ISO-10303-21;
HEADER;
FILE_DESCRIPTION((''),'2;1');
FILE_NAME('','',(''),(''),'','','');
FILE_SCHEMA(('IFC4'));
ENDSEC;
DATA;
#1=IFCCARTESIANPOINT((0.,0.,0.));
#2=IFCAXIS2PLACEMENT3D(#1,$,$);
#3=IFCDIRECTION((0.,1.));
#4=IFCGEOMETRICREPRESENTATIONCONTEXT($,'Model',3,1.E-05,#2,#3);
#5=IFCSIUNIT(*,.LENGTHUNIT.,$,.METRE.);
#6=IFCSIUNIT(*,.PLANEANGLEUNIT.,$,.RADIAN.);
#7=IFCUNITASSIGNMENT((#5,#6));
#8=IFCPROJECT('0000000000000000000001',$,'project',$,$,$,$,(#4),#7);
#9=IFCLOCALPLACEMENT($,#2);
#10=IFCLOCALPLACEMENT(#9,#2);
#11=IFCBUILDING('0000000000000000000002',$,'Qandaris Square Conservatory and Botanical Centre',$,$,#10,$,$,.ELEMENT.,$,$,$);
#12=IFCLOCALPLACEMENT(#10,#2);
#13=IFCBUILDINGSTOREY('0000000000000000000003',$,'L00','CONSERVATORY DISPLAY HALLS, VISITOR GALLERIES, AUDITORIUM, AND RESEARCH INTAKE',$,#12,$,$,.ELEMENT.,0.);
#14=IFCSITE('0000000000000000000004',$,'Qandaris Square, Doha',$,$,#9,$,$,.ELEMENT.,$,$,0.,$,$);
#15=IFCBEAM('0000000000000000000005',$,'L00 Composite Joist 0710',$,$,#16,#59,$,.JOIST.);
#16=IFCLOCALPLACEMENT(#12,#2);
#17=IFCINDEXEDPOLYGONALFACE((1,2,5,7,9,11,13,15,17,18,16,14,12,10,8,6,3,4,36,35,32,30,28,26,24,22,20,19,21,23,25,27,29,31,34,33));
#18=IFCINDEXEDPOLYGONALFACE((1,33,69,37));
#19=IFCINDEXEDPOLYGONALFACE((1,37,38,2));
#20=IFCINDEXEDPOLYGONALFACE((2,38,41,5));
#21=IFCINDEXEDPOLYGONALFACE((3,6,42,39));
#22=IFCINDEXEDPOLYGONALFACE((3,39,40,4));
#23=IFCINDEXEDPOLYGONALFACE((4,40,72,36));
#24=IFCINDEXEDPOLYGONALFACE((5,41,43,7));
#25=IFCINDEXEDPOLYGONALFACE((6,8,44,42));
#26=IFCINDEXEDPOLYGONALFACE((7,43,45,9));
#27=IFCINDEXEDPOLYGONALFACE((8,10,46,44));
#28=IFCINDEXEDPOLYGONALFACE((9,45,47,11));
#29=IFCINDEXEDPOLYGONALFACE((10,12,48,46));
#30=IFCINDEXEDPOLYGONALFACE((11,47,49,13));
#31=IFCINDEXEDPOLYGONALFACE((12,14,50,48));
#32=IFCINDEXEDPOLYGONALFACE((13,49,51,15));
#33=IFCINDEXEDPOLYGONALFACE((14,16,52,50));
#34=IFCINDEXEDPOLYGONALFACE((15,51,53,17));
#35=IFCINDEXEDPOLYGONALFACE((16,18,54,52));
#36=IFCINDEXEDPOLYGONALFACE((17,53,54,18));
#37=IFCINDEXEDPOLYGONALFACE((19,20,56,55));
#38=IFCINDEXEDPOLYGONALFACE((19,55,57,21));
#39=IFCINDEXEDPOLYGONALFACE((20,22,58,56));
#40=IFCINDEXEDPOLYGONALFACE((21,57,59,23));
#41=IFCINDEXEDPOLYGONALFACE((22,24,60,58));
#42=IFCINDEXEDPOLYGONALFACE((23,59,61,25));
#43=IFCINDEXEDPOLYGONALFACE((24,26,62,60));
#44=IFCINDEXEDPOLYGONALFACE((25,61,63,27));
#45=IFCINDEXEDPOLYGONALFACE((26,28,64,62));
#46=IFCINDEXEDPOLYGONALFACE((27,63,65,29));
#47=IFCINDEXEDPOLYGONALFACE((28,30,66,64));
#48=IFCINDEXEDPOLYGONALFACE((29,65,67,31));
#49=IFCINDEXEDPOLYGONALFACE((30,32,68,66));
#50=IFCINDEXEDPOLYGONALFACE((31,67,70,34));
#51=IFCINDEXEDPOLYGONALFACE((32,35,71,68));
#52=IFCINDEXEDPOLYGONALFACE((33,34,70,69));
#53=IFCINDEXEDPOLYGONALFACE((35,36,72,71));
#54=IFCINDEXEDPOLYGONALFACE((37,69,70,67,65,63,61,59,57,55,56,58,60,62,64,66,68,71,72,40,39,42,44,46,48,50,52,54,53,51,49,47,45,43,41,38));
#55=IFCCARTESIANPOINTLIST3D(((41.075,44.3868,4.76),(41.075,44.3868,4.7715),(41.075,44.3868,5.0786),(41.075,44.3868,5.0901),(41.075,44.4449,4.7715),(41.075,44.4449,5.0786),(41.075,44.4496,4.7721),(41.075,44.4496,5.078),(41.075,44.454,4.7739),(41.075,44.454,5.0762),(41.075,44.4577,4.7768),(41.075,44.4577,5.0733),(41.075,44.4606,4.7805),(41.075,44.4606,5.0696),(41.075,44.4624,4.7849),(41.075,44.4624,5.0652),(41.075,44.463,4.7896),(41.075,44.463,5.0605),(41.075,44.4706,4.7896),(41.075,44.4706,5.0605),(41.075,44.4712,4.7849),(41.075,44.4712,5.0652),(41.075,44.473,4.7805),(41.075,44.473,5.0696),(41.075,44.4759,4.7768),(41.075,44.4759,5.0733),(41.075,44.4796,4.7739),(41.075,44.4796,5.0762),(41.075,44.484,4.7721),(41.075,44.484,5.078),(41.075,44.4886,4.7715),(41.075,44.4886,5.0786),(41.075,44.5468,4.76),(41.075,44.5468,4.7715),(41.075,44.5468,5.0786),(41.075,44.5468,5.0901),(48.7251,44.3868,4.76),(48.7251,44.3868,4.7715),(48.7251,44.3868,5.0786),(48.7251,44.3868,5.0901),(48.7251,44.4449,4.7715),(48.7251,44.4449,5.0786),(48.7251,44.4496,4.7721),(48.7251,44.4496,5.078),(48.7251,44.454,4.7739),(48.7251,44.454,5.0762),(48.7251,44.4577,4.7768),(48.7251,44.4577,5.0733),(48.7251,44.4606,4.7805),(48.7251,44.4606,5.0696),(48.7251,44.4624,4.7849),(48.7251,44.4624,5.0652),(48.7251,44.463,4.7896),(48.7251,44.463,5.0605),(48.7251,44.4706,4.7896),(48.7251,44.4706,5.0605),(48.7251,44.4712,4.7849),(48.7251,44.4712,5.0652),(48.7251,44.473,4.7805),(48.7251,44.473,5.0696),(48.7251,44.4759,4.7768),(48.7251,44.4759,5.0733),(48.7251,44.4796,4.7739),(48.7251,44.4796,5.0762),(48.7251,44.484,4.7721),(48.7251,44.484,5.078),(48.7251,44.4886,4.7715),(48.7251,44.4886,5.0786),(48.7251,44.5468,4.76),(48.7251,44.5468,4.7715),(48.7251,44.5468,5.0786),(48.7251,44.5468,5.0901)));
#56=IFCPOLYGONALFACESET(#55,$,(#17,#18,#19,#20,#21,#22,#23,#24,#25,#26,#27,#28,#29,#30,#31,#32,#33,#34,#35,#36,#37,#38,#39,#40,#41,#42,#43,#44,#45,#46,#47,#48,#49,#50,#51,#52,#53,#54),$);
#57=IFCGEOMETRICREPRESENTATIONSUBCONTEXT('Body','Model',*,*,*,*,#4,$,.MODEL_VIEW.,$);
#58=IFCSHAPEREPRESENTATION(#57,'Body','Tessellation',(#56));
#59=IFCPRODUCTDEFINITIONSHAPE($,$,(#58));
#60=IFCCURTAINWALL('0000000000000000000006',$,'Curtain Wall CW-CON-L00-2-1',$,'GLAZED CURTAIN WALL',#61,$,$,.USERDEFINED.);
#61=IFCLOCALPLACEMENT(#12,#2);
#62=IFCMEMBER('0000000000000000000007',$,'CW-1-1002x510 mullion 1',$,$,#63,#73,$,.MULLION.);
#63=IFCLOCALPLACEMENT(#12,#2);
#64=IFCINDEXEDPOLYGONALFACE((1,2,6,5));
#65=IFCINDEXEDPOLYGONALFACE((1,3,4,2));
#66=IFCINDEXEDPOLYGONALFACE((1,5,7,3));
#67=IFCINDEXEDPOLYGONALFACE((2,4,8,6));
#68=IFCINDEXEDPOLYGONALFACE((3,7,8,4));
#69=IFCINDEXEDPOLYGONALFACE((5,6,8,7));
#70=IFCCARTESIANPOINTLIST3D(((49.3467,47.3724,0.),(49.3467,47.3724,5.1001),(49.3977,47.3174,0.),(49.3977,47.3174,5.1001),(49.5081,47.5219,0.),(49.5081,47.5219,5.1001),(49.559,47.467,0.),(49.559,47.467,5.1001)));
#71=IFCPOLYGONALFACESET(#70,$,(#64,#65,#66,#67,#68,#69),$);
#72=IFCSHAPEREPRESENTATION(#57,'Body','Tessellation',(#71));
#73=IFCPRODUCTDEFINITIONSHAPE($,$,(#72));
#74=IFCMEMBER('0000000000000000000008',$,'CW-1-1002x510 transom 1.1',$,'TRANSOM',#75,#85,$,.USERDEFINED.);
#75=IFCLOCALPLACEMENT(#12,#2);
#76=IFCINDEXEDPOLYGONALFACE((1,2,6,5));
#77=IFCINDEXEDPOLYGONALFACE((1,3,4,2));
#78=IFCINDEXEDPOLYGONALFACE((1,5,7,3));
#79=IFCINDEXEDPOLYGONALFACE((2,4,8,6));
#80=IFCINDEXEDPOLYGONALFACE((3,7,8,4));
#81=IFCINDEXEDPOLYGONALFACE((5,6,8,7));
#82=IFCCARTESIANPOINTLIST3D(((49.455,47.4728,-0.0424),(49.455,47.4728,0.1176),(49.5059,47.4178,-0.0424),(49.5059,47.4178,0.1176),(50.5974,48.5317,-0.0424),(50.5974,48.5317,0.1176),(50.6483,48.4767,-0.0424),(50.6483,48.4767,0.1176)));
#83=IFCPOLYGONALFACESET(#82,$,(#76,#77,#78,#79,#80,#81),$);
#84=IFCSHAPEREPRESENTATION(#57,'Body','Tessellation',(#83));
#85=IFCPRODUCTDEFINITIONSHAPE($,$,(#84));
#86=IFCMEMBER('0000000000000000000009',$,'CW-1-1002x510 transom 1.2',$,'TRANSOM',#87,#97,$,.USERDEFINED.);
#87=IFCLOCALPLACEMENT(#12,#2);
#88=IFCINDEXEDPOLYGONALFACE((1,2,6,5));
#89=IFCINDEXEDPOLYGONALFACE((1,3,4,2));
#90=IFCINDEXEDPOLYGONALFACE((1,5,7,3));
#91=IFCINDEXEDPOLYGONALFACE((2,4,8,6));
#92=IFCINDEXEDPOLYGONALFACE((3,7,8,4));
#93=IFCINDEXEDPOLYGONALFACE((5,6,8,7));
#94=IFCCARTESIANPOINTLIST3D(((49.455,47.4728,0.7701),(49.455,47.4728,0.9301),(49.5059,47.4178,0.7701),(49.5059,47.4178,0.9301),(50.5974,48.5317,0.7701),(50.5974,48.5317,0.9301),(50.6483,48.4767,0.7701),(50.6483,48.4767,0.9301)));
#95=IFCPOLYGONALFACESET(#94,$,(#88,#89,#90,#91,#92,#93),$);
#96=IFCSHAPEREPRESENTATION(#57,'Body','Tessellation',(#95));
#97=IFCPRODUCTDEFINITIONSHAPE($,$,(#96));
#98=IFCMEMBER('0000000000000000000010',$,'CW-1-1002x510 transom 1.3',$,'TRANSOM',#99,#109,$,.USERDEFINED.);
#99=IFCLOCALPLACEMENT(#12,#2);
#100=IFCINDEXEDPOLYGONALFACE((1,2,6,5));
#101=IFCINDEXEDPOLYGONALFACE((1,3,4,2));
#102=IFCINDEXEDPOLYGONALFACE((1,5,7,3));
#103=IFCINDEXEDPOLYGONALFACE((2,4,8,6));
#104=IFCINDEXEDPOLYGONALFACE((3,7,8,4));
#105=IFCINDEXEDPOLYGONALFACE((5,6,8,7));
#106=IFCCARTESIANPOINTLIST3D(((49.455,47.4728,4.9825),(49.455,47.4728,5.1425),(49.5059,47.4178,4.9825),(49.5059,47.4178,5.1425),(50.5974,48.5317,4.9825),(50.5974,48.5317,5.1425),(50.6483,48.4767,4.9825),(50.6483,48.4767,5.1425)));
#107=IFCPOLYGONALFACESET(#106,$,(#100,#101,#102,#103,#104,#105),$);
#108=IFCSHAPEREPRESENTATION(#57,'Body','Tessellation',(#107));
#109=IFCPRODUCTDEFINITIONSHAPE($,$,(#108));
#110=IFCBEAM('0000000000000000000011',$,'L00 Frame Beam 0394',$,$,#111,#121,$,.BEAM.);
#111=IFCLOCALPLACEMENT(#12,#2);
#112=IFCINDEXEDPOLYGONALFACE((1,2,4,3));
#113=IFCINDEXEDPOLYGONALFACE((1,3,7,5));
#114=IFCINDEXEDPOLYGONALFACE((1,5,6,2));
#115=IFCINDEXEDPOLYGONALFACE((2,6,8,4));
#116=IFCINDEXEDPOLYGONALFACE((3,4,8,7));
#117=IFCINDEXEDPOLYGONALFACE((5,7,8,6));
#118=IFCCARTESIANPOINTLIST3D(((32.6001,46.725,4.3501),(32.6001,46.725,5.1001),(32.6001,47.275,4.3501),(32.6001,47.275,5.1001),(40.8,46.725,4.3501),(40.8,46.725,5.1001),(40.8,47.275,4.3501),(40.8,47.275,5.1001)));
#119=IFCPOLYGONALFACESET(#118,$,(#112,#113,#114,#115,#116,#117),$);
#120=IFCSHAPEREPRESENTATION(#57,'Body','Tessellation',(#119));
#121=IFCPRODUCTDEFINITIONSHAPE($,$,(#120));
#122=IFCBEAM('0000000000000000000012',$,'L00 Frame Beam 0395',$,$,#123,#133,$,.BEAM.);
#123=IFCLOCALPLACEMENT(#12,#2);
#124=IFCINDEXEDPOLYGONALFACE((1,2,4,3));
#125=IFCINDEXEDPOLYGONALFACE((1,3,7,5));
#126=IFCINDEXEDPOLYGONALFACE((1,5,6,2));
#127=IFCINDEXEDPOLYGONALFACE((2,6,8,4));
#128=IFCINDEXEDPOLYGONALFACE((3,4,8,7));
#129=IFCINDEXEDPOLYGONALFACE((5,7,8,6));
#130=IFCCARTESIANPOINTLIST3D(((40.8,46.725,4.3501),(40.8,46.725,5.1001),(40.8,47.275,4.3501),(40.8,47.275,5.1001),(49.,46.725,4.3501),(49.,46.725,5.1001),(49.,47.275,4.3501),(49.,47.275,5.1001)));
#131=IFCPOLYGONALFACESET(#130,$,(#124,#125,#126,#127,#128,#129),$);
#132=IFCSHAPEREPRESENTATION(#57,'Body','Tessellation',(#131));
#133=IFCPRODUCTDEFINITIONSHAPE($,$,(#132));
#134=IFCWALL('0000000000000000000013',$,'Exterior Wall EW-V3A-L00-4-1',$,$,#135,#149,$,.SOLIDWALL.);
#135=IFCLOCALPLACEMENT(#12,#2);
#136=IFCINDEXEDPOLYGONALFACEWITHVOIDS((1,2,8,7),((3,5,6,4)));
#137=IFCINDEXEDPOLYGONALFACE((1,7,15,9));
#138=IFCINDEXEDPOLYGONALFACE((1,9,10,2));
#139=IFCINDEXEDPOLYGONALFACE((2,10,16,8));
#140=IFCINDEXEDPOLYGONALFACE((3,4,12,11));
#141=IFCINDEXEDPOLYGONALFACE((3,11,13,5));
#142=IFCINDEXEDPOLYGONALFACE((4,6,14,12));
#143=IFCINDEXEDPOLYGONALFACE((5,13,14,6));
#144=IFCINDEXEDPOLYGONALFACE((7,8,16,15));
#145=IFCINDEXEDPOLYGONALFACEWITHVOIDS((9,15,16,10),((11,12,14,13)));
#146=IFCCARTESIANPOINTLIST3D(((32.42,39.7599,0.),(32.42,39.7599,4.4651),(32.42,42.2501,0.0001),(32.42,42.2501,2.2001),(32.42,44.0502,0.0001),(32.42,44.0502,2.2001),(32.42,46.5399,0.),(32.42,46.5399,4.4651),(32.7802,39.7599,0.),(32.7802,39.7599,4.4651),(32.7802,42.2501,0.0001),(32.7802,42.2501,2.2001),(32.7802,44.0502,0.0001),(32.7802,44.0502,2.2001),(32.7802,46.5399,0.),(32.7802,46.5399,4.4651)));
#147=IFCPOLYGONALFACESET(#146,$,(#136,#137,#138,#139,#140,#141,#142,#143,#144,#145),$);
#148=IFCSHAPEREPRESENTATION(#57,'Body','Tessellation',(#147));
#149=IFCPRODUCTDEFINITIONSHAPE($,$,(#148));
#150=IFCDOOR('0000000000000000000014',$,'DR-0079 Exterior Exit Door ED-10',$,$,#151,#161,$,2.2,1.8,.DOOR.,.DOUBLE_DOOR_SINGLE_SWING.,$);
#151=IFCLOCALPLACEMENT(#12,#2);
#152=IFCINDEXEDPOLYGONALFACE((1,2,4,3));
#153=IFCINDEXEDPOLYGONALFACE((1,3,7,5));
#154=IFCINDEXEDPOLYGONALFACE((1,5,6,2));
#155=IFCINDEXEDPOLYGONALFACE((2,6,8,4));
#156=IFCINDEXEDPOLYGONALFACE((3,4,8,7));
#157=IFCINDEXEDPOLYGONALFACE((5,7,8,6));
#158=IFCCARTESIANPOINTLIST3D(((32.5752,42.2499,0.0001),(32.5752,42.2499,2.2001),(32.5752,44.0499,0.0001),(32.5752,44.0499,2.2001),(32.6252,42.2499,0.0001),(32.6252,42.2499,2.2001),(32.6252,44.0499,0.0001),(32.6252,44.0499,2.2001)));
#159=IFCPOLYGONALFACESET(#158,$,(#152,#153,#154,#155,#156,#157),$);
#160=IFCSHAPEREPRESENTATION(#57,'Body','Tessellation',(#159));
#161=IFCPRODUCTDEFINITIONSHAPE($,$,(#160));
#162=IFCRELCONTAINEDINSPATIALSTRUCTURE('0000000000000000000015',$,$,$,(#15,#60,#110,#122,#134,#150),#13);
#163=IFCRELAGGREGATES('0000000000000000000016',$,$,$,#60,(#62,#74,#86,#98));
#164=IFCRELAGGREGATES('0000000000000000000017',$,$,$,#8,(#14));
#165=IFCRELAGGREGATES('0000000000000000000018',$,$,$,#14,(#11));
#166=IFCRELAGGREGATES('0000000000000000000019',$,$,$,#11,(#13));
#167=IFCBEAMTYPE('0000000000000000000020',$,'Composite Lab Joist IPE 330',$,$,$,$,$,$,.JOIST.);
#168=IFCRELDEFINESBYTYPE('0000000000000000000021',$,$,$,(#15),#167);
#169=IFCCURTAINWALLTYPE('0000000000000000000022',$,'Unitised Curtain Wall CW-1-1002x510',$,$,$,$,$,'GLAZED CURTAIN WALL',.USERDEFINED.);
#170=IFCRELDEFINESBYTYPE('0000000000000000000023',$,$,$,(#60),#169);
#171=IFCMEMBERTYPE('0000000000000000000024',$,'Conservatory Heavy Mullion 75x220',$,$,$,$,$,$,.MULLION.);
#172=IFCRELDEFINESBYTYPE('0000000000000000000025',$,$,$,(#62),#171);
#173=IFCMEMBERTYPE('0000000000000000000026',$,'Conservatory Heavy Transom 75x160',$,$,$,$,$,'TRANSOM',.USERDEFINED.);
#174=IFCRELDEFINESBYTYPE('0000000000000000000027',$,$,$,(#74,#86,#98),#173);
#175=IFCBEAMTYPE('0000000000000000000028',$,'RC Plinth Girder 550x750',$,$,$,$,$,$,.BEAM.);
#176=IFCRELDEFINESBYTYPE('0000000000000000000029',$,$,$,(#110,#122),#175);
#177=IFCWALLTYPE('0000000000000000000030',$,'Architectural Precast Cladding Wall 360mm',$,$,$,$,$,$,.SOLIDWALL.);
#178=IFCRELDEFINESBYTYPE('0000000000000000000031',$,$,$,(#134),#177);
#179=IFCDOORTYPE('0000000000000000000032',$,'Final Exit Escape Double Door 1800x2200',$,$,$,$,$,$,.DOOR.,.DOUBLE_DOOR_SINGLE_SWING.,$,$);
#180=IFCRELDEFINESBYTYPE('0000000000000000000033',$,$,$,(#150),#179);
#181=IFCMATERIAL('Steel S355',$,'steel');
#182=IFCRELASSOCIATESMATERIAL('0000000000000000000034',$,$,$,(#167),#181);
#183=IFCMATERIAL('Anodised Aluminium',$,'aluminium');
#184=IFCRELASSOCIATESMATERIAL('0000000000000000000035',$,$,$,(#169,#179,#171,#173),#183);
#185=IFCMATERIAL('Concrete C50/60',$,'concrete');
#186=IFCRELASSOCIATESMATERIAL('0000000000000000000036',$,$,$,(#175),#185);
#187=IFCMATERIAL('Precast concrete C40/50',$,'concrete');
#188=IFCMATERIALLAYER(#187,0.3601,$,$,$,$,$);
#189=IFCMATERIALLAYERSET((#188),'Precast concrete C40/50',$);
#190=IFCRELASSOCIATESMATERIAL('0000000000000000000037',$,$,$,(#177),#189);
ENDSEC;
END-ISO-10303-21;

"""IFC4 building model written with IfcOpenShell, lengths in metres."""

from ifc_helpers import new_model, si_unit, direction, frame, frame_2d, origin, origin_2d, place, context, subcontext, project, spatial, rectangle, i_section, extrude, material, layer, layer_set, material_profile, profile_set, type_object, element, fill, aggregate, save


model = new_model("IFC4")

# Units and contexts
model_context = context("Model", 3, precision=1e-05, world=origin(), true_north=direction((0.0, 1.0)))
body_context = subcontext(model_context, "Body", "Model", "MODEL_VIEW")
ifc_project = project(units=[si_unit("LENGTHUNIT", "METRE"), si_unit("PLANEANGLEUNIT", "RADIAN")], contexts=[model_context])

# Site, building, storey
site_placement = place(None, origin())
site = spatial("IfcSite", under=ifc_project, at=site_placement, Name="Qandaris Square, Doha", CompositionType="ELEMENT", RefElevation=0.0)
building_placement = place(site_placement, origin())
building = spatial("IfcBuilding", under=site, at=building_placement, Name="Qandaris Square Conservatory and Botanical Centre", CompositionType="ELEMENT")
storey_placement = place(building_placement, origin())
storey = spatial("IfcBuildingStorey", under=building, at=storey_placement, Name="L00", Description="CONSERVATORY DISPLAY HALLS, VISITOR GALLERIES, AUDITORIUM, AND RESEARCH INTAKE", CompositionType="ELEMENT", Elevation=0.0)

# Shared definitions
ifc_material_1 = material(Name="Concrete C50/60", Category="concrete")

# Beam
ifc_material_2 = material(Name="Steel S355", Category="steel")
ifc_material_profile_1 = material_profile(ifc_material_2, i_section(OverallWidth=0.1599, OverallDepth=0.3301, WebThickness=0.0076, FlangeThickness=0.0115, FilletRadius=0.0181, at=origin_2d()), Name="IPE 330")
ifc_profile_set_1 = profile_set([ifc_material_profile_1], Name="Steel S355")
beam_type_1 = type_object("IfcBeamType", Name="Composite Lab Joist IPE 330", PredefinedType="JOIST", material=ifc_profile_set_1)
beam_1_placement = place(storey_placement, frame((41.075, 44.4668, 4.925), z_axis=(1.0, 0.0, 0.0), x_axis=(0.0, 1.0, 0.0)))
element("IfcBeam", 1, at=beam_1_placement, inside=storey, type_object=beam_type_1, Name="L00 Composite Joist 0710", PredefinedType="JOIST", context=body_context, shape_type="SweptSolid", body=[
    extrude(i_section(OverallWidth=0.1599, OverallDepth=0.3301, WebThickness=0.0076, FlangeThickness=0.0115, FilletRadius=0.0181, at=origin_2d()), origin(), (0.0, 0.0, 1.0), 7.6501),
])

# Curtain wall, members
ifc_material_3 = material(Name="Anodised Aluminium", Category="aluminium")
curtain_wall_type = type_object("IfcCurtainWallType", Name="Unitised Curtain Wall CW-1-1002x510", ElementType="GLAZED CURTAIN WALL", PredefinedType="USERDEFINED", material=ifc_material_3)
curtain_wall_placement = place(storey_placement, origin())
curtain_wall = element("IfcCurtainWall", 2, at=curtain_wall_placement, inside=storey, type_object=curtain_wall_type, Name="Curtain Wall CW-CON-L00-2-1", ObjectType="GLAZED CURTAIN WALL", PredefinedType="USERDEFINED")
ifc_material_profile_2 = material_profile(ifc_material_3, rectangle(XDim=0.075, YDim=0.22, at=origin_2d()), Name="ALU-MUL 75x220")
ifc_profile_set_2 = profile_set([ifc_material_profile_2], Name="Anodised Aluminium")
member_type_1 = type_object("IfcMemberType", Name="Conservatory Heavy Mullion 75x220", PredefinedType="MULLION", material=ifc_profile_set_2)
member_1_placement = place(storey_placement, frame((49.4529, 47.4197, 0.0), z_axis=(0.0, 0.0, 1.0), x_axis=(-0.679762, 0.733433, 0.0)))
member_1 = element("IfcMember", 3, at=member_1_placement, type_object=member_type_1, Name="CW-1-1002x510 mullion 1", PredefinedType="MULLION", context=body_context, shape_type="SweptSolid", body=[
    extrude(rectangle(XDim=0.075, YDim=0.22, at=origin_2d()), origin(), (0.0, 0.0, 1.0), 5.1001),
])
ifc_material_profile_3 = material_profile(ifc_material_3, rectangle(XDim=0.075, YDim=0.1599, at=origin_2d()), Name="ALU-TRN 75x160")
ifc_profile_set_3 = profile_set([ifc_material_profile_3], Name="Anodised Aluminium")
member_type_2 = type_object("IfcMemberType", Name="Conservatory Heavy Transom 75x160", ElementType="TRANSOM", PredefinedType="USERDEFINED", material=ifc_profile_set_3)
member_2_placement = place(storey_placement, frame((49.4805, 47.4453, 0.0376), z_axis=(0.733402, 0.679796, 0.0), x_axis=(-0.679796, 0.733402, 0.0)))
member_2 = element("IfcMember", 4, at=member_2_placement, type_object=member_type_2, Name="CW-1-1002x510 transom 1.1", ObjectType="TRANSOM", PredefinedType="USERDEFINED", context=body_context, shape_type="SweptSolid", body=[
    extrude(rectangle(XDim=0.075, YDim=0.1599, at=origin_2d()), origin(), (0.0, 0.0, 1.0), 1.5576),
])
member_3_placement = place(storey_placement, frame((49.4805, 47.4453, 0.8501), z_axis=(0.733402, 0.679796, 0.0), x_axis=(-0.679796, 0.733402, 0.0)))
member_3 = element("IfcMember", 5, at=member_3_placement, type_object=member_type_2, Name="CW-1-1002x510 transom 1.2", ObjectType="TRANSOM", PredefinedType="USERDEFINED", context=body_context, shape_type="SweptSolid", body=[
    extrude(rectangle(XDim=0.075, YDim=0.1599, at=origin_2d()), origin(), (0.0, 0.0, 1.0), 1.5576),
])
member_4_placement = place(storey_placement, frame((49.4805, 47.4453, 5.0625), z_axis=(0.733402, 0.679796, 0.0), x_axis=(-0.679796, 0.733402, 0.0)))
member_4 = element("IfcMember", 6, at=member_4_placement, type_object=member_type_2, Name="CW-1-1002x510 transom 1.3", ObjectType="TRANSOM", PredefinedType="USERDEFINED", context=body_context, shape_type="SweptSolid", body=[
    extrude(rectangle(XDim=0.075, YDim=0.1599, at=origin_2d()), origin(), (0.0, 0.0, 1.0), 1.5576),
])
aggregate(curtain_wall, [member_1, member_2, member_3, member_4])

# Beams
ifc_material_profile_4 = material_profile(ifc_material_1, rectangle(XDim=0.55, YDim=0.75, at=origin_2d()), Name="RC-BM 550x750")
ifc_profile_set_4 = profile_set([ifc_material_profile_4], Name="Concrete C50/60")
beam_type_2 = type_object("IfcBeamType", Name="RC Plinth Girder 550x750", PredefinedType="BEAM", material=ifc_profile_set_4)
for number, where, z_axis, x_axis, name in (
    (7, (32.6001, 47.0, 4.7251), (1.0, 0.0, 0.0), (0.0, 1.0, 0.0), "L00 Frame Beam 0394"),
    (8, (40.8, 47.0, 4.7251), (1.0, 0.0, 0.0), (0.0, 1.0, 0.0), "L00 Frame Beam 0395"),
):
    element("IfcBeam", number, at=place(storey_placement, frame(where, z_axis=z_axis, x_axis=x_axis)), inside=storey, type_object=beam_type_2, Name=name, PredefinedType="BEAM", context=body_context, shape_type="SweptSolid", body=[
        extrude(rectangle(XDim=0.55, YDim=0.75, at=origin_2d()), origin(), (0.0, 0.0, 1.0), 8.2),
    ])

# Wall, opening, door
ifc_material_4 = material(Name="Precast concrete C40/50", Category="concrete")
ifc_layer_1 = layer(ifc_material_4, 0.3601)
ifc_layer_set_1 = layer_set([ifc_layer_1], Name="Precast concrete C40/50")
wall_type_1 = type_object("IfcWallType", Name="Architectural Precast Cladding Wall 360mm", PredefinedType="SOLIDWALL", material=ifc_layer_set_1)
wall_1_placement = place(storey_placement, frame((32.6001, 46.54, 0.0), z_axis=(0.0, 0.0, 1.0), x_axis=(0.0, -1.0, 0.0)))
wall_1 = element("IfcWall", 9, at=wall_1_placement, inside=storey, type_object=wall_type_1, Name="Exterior Wall EW-V3A-L00-4-1", PredefinedType="SOLIDWALL", context=body_context, shape_type="SweptSolid", body=[
    extrude(rectangle(XDim=6.78, YDim=0.3601, at=frame_2d((3.3901, 0.0))), origin(), (0.0, 0.0, 1.0), 4.4651),
])
opening_1_placement = place(wall_1_placement, frame((2.49, 0.0, 0.0)))
opening_1 = element("IfcOpeningElement", 10, at=opening_1_placement, cuts=wall_1, PredefinedType="OPENING", context=body_context, shape_type="SweptSolid", body=[
    extrude(rectangle(XDim=1.8, YDim=2.2, at=frame_2d((0.8999, 1.1001))), frame((0.0, 0.1919, 0.0), z_axis=(0.0, -1.0, 0.0), x_axis=(1.0, 0.0, 0.0)), (0.0, 0.0, 1.0), 0.384),
])
door_type_1 = type_object("IfcDoorType", Name="Final Exit Escape Double Door 1800x2200", OperationType="DOUBLE_DOOR_SINGLE_SWING", PredefinedType="DOOR", material=ifc_material_3)
door_1_placement = place(opening_1_placement, frame((1.8, 0.0, 0.0), z_axis=(0.0, 0.0, 1.0), x_axis=(-1.0, 0.0, 0.0)))
door_1 = element("IfcDoor", 11, at=door_1_placement, inside=storey, type_object=door_type_1, Name="DR-0079 Exterior Exit Door ED-10", OperationType="DOUBLE_DOOR_SINGLE_SWING", OverallHeight=2.2, OverallWidth=1.8, PredefinedType="DOOR", context=body_context, shape_type="SweptSolid", body=[
    extrude(rectangle(XDim=1.8, YDim=2.2, at=frame_2d((0.8999, 1.1001))), frame((0.0, 0.0249, 0.0), z_axis=(0.0, -1.0, 0.0), x_axis=(1.0, 0.0, 0.0)), (0.0, 0.0, 1.0), 0.05),
])
fill(opening_1, door_1)

save(model, "model.ifc")
